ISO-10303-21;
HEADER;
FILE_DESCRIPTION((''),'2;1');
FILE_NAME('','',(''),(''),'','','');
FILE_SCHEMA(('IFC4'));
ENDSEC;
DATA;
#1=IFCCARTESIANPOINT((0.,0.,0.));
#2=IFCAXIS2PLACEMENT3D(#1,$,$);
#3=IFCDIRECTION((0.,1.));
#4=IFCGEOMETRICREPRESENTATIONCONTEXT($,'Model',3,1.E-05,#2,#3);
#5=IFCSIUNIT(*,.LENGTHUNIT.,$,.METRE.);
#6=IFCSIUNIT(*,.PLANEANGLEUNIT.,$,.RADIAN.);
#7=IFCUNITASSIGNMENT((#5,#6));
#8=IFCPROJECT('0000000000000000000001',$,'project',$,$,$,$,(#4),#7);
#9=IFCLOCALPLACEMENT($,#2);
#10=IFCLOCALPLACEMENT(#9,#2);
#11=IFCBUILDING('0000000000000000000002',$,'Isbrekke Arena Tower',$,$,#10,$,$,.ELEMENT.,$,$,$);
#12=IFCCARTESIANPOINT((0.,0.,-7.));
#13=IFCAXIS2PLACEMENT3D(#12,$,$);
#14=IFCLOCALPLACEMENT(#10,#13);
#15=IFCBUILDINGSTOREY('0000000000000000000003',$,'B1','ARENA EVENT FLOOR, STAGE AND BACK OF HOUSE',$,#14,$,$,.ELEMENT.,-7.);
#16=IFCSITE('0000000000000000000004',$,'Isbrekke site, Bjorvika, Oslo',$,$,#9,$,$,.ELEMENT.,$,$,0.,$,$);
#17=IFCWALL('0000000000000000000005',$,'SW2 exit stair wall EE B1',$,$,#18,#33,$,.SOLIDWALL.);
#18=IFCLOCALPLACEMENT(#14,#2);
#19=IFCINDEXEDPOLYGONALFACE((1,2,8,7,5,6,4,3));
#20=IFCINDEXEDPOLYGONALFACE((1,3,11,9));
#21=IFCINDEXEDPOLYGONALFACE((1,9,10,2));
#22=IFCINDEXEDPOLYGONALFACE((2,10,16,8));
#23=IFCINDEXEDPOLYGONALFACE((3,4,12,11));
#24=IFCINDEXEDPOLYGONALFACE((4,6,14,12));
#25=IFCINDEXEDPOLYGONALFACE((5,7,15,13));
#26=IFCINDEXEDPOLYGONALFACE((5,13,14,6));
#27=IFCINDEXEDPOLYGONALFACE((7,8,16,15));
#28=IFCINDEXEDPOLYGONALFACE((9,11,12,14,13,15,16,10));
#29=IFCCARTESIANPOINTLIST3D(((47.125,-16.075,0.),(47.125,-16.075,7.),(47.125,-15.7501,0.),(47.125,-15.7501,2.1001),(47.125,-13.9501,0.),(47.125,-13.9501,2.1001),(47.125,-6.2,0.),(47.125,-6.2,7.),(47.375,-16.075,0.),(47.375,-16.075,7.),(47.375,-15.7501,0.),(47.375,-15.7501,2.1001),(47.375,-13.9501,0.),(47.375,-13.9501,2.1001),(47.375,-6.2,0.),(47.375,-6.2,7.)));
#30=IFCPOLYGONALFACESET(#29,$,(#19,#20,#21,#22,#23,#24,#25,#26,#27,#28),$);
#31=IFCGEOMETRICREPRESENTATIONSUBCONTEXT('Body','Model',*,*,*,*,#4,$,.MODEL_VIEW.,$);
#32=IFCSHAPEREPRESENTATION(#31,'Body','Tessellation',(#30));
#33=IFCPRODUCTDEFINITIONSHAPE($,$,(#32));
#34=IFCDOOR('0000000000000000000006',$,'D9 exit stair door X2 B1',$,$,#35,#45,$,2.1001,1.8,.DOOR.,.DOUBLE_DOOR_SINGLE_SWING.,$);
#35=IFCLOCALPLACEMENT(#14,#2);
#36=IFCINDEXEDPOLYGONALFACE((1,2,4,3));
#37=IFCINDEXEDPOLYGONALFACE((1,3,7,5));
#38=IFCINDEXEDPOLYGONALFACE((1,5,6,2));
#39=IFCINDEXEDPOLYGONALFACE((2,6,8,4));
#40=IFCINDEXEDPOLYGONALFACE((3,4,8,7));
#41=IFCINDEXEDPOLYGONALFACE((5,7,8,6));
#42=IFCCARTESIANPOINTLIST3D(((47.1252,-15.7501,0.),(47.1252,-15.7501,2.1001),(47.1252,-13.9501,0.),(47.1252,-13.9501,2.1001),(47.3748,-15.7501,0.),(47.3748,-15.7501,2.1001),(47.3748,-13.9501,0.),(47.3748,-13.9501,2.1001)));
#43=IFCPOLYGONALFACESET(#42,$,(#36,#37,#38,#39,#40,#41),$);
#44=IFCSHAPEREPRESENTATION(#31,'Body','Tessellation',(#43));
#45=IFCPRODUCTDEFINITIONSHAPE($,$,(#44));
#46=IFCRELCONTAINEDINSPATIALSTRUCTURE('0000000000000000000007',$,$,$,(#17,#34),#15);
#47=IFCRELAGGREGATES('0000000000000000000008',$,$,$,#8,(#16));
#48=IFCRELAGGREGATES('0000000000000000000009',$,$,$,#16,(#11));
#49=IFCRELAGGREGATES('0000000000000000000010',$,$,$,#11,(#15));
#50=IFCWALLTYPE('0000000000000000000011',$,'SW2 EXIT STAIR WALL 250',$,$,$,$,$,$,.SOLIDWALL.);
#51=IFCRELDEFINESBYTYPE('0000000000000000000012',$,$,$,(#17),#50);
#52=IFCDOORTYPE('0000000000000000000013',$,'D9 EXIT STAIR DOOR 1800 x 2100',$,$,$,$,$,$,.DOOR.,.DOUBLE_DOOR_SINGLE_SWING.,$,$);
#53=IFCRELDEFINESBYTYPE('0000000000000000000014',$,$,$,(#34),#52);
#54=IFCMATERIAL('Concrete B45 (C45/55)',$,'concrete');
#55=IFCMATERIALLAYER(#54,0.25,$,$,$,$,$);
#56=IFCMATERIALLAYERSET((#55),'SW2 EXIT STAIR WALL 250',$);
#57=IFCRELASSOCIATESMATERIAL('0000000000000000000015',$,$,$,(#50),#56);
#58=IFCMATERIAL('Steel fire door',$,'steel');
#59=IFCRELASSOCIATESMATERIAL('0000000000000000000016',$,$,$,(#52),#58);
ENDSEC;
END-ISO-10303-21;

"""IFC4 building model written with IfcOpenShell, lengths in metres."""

from ifc_helpers import new_model, si_unit, direction, frame, frame_2d, origin, place, context, subcontext, project, spatial, rectangle, extrude, material, layer, layer_set, type_object, element, fill, save


model = new_model("IFC4")

# Units and contexts
model_context = context("Model", 3, precision=1e-05, world=origin(), true_north=direction((0.0, 1.0)))
body_context = subcontext(model_context, "Body", "Model", "MODEL_VIEW")
ifc_project = project(units=[si_unit("LENGTHUNIT", "METRE"), si_unit("PLANEANGLEUNIT", "RADIAN")], contexts=[model_context])

# Site, building, storey
site_placement = place(None, origin())
site = spatial("IfcSite", under=ifc_project, at=site_placement, Name="Isbrekke site, Bjorvika, Oslo", CompositionType="ELEMENT", RefElevation=0.0)
building_placement = place(site_placement, origin())
building = spatial("IfcBuilding", under=site, at=building_placement, Name="Isbrekke Arena Tower", CompositionType="ELEMENT")
storey_placement = place(building_placement, frame((0.0, 0.0, -7.0)))
storey = spatial("IfcBuildingStorey", under=building, at=storey_placement, Name="B1", Description="ARENA EVENT FLOOR, STAGE AND BACK OF HOUSE", CompositionType="ELEMENT", Elevation=-7.0)

# Wall, opening, door
ifc_material_1 = material(Name="Concrete B45 (C45/55)", Category="concrete")
ifc_layer = layer(ifc_material_1, 0.25)
ifc_layer_set = layer_set([ifc_layer], Name="SW2 EXIT STAIR WALL 250")
wall_type = type_object("IfcWallType", Name="SW2 EXIT STAIR WALL 250", PredefinedType="SOLIDWALL", material=ifc_layer_set)
wall_placement = place(storey_placement, frame((47.25, -16.075, 0.0), z_axis=(0.0, 0.0, 1.0), x_axis=(0.0, 1.0, 0.0)))
wall = element("IfcWall", 1, at=wall_placement, inside=storey, type_object=wall_type, Name="SW2 exit stair wall EE B1", PredefinedType="SOLIDWALL", context=body_context, shape_type="SweptSolid", body=[
    extrude(rectangle(XDim=9.875, YDim=0.25, at=frame_2d((4.9375, 0.0))), origin(), (0.0, 0.0, 1.0), 7.0),
])
opening_placement = place(wall_placement, frame((0.325, 0.0, 0.0)))
opening = element("IfcOpeningElement", 2, at=opening_placement, cuts=wall, PredefinedType="OPENING", context=body_context, shape_type="SweptSolid", body=[
    extrude(rectangle(XDim=1.8, YDim=2.1001, at=frame_2d((0.8999, 1.05))), frame((0.0, 0.1399, 0.0), z_axis=(0.0, -1.0, 0.0), x_axis=(1.0, 0.0, 0.0)), (0.0, 0.0, 1.0), 0.2798),
])
ifc_material_2 = material(Name="Steel fire door", Category="steel")
door_type = type_object("IfcDoorType", Name="D9 EXIT STAIR DOOR 1800 x 2100", OperationType="DOUBLE_DOOR_SINGLE_SWING", PredefinedType="DOOR", material=ifc_material_2)
door_placement = place(opening_placement, origin())
door = element("IfcDoor", 3, at=door_placement, inside=storey, type_object=door_type, Name="D9 exit stair door X2 B1", OperationType="DOUBLE_DOOR_SINGLE_SWING", OverallHeight=2.1001, OverallWidth=1.8, PredefinedType="DOOR", context=body_context, shape_type="SweptSolid", body=[
    extrude(rectangle(XDim=1.8, YDim=2.1001, at=frame_2d((0.8999, 1.05))), frame((0.0, 0.1248, 0.0), z_axis=(0.0, -1.0, 0.0), x_axis=(1.0, 0.0, 0.0)), (0.0, 0.0, 1.0), 0.2495),
])
fill(opening, door)

save(model, "model.ifc")
